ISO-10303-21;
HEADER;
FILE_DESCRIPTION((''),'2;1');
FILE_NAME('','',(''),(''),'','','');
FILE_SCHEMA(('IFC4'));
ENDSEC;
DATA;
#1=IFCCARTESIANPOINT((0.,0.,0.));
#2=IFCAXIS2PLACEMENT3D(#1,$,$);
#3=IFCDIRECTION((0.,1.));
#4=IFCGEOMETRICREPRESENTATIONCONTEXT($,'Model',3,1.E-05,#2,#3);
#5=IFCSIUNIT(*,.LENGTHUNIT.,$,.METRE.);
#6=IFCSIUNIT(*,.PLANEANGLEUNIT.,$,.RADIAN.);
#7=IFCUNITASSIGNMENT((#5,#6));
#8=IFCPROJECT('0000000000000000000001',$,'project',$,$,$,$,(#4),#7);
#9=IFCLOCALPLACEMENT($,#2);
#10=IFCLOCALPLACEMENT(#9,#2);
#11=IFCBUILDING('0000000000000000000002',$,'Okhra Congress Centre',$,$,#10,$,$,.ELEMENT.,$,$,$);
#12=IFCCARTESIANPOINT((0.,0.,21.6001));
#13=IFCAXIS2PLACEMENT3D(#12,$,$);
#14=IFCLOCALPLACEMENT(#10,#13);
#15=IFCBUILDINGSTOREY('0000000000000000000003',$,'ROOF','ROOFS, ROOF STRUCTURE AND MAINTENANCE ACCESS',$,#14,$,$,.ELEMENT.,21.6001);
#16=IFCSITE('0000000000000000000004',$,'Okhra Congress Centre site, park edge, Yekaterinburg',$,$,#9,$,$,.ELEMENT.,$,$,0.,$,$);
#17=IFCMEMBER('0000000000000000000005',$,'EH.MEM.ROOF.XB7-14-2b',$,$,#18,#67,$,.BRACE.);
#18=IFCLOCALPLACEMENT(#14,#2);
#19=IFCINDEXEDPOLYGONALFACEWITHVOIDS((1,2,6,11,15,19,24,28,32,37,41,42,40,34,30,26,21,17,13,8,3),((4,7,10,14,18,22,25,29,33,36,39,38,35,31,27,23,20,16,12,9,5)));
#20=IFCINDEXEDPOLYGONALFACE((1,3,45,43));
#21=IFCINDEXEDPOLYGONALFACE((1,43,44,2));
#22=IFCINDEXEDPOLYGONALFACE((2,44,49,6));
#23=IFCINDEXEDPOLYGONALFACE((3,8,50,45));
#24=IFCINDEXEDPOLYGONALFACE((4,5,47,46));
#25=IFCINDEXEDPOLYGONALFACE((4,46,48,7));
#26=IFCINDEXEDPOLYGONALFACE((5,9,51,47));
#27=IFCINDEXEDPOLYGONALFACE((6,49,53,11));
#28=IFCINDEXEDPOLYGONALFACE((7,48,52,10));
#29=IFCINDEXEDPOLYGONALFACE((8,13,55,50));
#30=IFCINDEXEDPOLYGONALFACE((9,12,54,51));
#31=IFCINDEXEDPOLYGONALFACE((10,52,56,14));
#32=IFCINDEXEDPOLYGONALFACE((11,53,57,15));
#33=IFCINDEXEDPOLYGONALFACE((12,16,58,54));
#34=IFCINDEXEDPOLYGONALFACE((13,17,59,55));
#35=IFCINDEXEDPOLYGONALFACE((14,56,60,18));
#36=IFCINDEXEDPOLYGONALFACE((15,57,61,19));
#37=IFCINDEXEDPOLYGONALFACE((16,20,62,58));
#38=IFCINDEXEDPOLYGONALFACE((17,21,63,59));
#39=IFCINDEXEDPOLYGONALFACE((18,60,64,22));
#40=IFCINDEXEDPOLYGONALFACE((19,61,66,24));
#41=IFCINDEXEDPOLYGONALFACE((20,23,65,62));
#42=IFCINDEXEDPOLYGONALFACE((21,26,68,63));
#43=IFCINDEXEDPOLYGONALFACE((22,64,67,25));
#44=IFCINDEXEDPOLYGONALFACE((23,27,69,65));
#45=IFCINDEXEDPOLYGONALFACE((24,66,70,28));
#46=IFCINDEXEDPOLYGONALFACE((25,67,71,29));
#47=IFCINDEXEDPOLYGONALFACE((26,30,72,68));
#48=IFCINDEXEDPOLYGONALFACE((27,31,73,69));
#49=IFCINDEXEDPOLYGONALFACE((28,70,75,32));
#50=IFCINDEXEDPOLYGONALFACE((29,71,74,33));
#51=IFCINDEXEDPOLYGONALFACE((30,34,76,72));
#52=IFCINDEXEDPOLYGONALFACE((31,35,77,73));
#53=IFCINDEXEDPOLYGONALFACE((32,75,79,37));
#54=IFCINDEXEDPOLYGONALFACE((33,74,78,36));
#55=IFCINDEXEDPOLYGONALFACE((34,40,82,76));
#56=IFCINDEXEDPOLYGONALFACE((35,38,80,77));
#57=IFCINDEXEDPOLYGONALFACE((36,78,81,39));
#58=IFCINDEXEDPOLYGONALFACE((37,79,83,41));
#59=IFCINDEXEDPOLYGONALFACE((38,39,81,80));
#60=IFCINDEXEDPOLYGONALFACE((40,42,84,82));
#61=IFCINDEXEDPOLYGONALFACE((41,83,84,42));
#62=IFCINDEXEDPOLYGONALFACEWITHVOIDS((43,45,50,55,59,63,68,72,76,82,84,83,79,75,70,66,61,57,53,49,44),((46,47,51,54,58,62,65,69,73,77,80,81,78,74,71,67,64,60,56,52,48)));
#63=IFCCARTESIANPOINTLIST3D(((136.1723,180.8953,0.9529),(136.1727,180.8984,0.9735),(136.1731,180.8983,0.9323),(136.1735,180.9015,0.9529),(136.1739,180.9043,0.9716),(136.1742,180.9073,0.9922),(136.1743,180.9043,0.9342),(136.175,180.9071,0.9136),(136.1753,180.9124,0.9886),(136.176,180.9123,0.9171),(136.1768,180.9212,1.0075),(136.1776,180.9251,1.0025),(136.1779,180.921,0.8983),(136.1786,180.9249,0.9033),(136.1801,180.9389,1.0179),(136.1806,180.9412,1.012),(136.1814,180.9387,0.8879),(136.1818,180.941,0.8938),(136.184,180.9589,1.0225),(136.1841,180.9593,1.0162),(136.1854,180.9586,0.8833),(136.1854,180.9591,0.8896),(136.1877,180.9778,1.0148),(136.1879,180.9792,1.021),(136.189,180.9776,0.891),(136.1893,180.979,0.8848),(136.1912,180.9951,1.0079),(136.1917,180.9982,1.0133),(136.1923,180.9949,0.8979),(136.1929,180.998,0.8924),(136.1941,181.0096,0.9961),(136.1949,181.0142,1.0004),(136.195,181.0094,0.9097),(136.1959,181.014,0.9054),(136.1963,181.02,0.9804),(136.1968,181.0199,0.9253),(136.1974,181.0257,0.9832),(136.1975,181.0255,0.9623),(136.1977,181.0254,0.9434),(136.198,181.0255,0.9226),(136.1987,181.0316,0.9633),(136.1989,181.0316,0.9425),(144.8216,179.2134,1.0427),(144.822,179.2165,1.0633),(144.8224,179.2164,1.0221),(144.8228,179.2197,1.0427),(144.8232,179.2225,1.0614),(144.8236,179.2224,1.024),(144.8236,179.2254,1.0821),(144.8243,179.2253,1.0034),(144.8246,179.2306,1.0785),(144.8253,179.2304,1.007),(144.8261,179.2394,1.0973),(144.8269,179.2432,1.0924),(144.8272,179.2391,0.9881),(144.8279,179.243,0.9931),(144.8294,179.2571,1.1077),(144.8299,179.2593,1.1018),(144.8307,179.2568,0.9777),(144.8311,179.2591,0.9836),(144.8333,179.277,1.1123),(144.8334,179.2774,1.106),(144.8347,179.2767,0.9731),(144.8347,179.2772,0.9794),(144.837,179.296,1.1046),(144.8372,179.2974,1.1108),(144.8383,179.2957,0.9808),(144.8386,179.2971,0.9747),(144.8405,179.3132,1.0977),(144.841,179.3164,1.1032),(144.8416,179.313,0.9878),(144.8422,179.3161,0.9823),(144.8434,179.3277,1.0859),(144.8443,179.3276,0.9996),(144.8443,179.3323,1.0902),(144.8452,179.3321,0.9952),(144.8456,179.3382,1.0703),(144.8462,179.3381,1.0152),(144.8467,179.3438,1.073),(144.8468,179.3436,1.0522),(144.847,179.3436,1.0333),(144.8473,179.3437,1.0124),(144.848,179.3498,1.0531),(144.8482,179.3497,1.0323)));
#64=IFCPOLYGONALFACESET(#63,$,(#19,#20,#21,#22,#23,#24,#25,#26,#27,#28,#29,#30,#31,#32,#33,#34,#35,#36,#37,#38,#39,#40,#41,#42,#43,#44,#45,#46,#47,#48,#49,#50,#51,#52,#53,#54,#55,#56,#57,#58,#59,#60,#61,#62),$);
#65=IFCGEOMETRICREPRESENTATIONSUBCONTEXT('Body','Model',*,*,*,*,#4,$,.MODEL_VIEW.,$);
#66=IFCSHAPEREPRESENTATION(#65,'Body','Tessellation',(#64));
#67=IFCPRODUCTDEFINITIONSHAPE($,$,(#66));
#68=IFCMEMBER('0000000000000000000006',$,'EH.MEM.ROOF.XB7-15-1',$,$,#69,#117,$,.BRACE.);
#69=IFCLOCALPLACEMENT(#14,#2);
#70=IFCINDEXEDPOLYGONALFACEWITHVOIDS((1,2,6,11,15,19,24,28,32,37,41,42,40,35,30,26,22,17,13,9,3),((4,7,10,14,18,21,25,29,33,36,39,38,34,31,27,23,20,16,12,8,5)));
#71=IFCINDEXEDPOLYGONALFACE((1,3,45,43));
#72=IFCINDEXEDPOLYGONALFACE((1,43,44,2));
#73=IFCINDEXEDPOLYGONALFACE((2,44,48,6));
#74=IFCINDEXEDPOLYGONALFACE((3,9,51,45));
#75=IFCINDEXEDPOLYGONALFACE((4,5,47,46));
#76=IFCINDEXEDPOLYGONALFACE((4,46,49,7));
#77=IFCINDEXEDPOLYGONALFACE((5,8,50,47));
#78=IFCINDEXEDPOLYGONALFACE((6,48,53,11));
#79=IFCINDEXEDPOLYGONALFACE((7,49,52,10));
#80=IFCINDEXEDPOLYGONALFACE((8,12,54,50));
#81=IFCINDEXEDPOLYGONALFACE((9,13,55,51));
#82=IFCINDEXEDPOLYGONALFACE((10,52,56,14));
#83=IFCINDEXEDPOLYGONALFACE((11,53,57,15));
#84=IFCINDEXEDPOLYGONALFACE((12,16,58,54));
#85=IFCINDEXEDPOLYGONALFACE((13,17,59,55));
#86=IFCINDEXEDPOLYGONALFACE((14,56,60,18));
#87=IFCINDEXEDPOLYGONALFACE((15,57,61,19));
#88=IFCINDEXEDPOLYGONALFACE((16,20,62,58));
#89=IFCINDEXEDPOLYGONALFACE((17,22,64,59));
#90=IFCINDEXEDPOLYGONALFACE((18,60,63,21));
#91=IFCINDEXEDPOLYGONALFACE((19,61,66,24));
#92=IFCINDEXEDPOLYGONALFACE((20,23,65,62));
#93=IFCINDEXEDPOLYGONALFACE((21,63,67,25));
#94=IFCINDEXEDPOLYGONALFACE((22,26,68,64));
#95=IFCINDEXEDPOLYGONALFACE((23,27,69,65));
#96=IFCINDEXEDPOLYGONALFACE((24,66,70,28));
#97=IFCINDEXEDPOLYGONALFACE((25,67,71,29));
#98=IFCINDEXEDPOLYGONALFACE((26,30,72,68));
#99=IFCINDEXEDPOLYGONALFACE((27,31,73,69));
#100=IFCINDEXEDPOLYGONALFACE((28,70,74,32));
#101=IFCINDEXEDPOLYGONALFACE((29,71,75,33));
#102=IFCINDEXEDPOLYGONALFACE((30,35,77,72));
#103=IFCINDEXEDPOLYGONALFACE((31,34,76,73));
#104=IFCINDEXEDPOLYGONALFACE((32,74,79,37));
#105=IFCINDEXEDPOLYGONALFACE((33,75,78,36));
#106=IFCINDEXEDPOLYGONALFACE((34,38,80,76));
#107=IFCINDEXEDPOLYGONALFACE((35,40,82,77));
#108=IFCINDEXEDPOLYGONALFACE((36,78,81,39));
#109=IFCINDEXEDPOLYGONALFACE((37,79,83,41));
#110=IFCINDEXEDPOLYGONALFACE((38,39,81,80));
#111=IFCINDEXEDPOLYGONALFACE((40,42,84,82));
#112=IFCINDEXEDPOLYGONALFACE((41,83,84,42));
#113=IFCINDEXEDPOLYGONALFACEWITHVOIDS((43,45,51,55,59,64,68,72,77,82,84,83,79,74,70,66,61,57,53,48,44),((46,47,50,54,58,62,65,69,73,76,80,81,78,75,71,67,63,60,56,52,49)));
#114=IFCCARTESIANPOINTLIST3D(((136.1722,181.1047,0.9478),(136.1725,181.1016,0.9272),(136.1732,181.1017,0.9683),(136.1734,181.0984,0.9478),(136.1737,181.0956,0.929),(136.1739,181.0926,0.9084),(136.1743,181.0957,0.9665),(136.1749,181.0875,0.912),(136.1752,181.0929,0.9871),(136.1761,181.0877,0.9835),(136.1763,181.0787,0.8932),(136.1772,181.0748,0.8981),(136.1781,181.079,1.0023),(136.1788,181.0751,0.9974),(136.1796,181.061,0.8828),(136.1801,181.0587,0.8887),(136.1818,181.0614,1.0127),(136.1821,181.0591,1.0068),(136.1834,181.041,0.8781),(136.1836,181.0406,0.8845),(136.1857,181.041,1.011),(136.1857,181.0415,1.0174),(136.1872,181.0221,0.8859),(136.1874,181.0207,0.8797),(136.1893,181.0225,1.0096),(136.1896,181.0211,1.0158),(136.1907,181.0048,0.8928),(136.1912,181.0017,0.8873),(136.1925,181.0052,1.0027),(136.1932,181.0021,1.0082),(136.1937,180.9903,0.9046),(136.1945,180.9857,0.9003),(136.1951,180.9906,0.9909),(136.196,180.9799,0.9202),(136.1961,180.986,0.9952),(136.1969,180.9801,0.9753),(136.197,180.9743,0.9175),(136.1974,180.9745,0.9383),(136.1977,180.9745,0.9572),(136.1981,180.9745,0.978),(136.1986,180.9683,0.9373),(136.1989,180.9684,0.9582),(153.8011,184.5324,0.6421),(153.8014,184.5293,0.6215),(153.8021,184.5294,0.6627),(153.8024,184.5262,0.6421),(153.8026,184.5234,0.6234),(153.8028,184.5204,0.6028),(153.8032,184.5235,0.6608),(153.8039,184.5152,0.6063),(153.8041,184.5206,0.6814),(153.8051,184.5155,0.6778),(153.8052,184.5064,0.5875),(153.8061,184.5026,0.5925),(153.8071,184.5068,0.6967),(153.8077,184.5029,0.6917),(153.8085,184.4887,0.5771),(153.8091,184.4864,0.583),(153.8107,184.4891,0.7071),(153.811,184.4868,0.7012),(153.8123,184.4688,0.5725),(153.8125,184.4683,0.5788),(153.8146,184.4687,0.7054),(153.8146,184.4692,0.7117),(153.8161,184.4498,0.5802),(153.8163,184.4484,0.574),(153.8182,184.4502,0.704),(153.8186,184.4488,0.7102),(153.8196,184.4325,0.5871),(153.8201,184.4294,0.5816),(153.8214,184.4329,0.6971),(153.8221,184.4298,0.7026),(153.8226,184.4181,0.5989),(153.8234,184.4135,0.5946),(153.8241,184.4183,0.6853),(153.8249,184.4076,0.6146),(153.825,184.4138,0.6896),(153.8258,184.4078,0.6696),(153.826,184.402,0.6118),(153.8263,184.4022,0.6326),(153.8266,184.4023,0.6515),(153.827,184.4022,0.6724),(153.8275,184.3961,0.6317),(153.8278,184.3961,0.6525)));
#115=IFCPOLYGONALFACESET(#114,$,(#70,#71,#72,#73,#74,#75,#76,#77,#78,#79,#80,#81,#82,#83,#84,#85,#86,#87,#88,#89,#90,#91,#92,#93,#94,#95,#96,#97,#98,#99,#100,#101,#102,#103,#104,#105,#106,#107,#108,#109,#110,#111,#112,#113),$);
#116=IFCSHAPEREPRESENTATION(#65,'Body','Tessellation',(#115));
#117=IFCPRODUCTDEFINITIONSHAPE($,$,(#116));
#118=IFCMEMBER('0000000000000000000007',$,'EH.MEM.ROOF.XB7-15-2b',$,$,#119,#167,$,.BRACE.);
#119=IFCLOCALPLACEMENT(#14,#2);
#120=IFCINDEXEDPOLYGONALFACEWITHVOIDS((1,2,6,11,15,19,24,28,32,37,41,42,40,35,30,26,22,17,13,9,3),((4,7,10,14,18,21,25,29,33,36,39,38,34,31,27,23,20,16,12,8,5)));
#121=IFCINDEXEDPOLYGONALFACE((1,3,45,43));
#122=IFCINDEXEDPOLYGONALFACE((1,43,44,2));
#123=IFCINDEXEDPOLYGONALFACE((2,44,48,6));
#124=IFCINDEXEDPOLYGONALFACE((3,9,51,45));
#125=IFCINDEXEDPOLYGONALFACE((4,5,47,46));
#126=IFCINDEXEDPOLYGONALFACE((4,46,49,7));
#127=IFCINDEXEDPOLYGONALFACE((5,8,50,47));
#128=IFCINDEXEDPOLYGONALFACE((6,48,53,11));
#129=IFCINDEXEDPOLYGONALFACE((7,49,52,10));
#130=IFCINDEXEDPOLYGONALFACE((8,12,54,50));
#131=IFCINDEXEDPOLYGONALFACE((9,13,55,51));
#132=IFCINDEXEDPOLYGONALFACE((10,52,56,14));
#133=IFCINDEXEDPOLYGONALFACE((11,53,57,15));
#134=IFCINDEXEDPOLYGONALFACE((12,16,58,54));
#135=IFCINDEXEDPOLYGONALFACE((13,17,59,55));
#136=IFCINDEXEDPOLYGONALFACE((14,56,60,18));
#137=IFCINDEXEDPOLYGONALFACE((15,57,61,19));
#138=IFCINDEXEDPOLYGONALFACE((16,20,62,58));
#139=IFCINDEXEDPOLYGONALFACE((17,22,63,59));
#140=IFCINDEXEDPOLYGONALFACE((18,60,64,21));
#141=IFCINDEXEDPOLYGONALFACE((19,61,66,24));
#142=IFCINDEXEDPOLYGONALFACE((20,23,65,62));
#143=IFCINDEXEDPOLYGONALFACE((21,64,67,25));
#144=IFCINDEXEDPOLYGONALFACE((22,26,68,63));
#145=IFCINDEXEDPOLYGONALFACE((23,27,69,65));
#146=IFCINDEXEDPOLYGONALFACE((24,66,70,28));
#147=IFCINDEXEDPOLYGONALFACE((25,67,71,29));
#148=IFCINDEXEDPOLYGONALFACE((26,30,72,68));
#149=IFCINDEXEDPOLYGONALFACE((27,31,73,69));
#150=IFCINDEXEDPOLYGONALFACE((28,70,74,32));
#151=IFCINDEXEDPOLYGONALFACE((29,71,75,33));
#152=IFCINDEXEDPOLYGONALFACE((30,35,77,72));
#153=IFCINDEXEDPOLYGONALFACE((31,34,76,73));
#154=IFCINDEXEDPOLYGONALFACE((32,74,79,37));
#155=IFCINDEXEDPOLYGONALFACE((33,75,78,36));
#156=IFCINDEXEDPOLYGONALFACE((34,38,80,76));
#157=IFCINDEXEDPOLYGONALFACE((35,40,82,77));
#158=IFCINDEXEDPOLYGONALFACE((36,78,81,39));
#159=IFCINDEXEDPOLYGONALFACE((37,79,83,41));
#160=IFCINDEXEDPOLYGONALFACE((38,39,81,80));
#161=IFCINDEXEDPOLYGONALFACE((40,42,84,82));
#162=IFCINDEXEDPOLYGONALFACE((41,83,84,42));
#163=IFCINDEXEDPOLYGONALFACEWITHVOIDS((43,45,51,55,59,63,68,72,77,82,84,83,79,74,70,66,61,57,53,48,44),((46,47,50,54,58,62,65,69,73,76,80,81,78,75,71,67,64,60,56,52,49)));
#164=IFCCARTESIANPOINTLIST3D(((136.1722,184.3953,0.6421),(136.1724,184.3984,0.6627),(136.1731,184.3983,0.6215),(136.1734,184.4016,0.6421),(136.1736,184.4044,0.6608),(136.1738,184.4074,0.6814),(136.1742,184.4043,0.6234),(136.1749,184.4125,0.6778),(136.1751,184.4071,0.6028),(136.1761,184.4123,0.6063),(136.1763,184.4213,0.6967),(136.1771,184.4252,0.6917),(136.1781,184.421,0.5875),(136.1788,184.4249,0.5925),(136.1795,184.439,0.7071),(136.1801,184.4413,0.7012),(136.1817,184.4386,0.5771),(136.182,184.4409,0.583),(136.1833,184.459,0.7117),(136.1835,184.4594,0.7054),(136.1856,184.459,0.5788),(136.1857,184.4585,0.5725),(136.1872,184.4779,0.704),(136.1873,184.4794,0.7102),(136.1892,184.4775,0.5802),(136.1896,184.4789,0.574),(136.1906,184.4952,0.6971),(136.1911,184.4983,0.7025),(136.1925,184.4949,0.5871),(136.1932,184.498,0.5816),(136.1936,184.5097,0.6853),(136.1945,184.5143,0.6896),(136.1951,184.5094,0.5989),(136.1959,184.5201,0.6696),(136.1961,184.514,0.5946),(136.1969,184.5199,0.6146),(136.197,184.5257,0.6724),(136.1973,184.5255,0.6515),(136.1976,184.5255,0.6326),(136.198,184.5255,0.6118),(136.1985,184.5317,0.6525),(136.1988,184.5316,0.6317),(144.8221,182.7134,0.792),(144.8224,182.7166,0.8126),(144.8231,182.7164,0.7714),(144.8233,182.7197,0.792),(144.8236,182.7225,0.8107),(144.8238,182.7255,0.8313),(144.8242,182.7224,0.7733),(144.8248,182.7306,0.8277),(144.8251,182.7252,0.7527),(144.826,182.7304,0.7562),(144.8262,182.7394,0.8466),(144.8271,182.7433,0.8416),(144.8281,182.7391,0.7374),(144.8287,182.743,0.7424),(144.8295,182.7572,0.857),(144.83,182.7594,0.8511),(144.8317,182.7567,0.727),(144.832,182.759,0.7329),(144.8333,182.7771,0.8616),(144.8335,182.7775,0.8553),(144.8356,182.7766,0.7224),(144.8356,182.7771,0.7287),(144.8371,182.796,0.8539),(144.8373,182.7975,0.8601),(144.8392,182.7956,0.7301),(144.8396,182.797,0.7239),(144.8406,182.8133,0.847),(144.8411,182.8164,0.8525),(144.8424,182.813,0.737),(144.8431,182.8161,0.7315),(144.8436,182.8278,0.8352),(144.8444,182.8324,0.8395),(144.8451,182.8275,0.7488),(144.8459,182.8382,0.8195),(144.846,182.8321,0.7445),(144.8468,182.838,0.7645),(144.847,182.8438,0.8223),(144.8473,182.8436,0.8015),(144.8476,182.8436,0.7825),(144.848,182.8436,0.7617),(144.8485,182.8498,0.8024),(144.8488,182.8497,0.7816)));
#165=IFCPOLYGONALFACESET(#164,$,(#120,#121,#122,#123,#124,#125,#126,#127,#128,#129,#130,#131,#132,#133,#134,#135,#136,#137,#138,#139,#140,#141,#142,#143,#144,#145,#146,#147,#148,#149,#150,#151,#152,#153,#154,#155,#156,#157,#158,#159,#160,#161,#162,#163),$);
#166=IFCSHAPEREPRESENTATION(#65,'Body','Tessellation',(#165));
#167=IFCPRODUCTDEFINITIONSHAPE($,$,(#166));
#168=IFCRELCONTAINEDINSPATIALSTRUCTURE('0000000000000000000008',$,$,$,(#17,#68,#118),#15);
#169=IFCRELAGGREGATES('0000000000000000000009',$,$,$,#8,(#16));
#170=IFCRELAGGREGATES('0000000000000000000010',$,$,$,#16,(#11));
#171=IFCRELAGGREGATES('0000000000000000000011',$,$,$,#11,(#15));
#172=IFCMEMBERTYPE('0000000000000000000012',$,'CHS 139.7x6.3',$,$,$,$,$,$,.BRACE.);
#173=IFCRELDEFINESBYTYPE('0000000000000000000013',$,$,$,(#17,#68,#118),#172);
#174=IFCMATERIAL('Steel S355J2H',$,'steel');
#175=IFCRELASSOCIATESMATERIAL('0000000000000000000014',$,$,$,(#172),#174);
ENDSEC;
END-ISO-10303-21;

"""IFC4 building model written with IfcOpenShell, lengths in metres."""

from ifc_helpers import new_model, si_unit, direction, frame, origin, origin_2d, place, context, subcontext, project, spatial, hollow_circle, extrude, material, material_profile, profile_set, type_object, element, save


model = new_model("IFC4")

# Units and contexts
model_context = context("Model", 3, precision=1e-05, world=origin(), true_north=direction((0.0, 1.0)))
body_context = subcontext(model_context, "Body", "Model", "MODEL_VIEW")
ifc_project = project(units=[si_unit("LENGTHUNIT", "METRE"), si_unit("PLANEANGLEUNIT", "RADIAN")], contexts=[model_context])

# Site, building, storey
site_placement = place(None, origin())
site = spatial("IfcSite", under=ifc_project, at=site_placement, Name="Okhra Congress Centre site, park edge, Yekaterinburg", CompositionType="ELEMENT", RefElevation=0.0)
building_placement = place(site_placement, origin())
building = spatial("IfcBuilding", under=site, at=building_placement, Name="Okhra Congress Centre", CompositionType="ELEMENT")
storey_placement = place(building_placement, frame((0.0, 0.0, 21.6001)))
storey = spatial("IfcBuildingStorey", under=building, at=storey_placement, Name="ROOF", Description="ROOFS, ROOF STRUCTURE AND MAINTENANCE ACCESS", CompositionType="ELEMENT", Elevation=21.6001)

# Members
ifc_material_1 = material(Name="Steel S355J2H", Category="steel")
ifc_material_profile_1 = material_profile(ifc_material_1, hollow_circle(Radius=0.0698, WallThickness=0.0063, at=origin_2d()), Name="CHS 139.7x6.3")
ifc_profile_set_1 = profile_set([ifc_material_profile_1], Name="Steel S355J2H")
member_type_1 = type_object("IfcMemberType", Name="CHS 139.7x6.3", PredefinedType="BRACE", material=ifc_profile_set_1)
member_1_placement = place(storey_placement, frame((144.835, 179.282, 1.0427), z_axis=(-0.981563, 0.190866, -0.010196), x_axis=(-0.190876, -0.981614, 0.0)))
element("IfcMember", 1, at=member_1_placement, inside=storey, type_object=member_type_1, Name="EH.MEM.ROOF.XB7-14-2b", PredefinedType="BRACE", context=body_context, shape_type="SweptSolid", body=[
    extrude(hollow_circle(Radius=0.0698, WallThickness=0.0063, at=origin_2d()), origin(), (0.0, 0.0, 1.0), 8.8118),
])
member_2_placement = place(storey_placement, frame((136.1855, 181.0361, 0.9478), z_axis=(0.981474, 0.190836, -0.017018), x_axis=(-0.190864, 0.981617, 0.0)))
element("IfcMember", 2, at=member_2_placement, inside=storey, type_object=member_type_1, Name="EH.MEM.ROOF.XB7-15-1", PredefinedType="BRACE", context=body_context, shape_type="SweptSolid", body=[
    extrude(hollow_circle(Radius=0.0698, WallThickness=0.0063, at=origin_2d()), origin(), (0.0, 0.0, 1.0), 17.9617),
])
member_3_placement = place(storey_placement, frame((144.8354, 182.782, 0.792), z_axis=(-0.981474, 0.190838, -0.017009), x_axis=(-0.190865, -0.981616, 0.0)))
element("IfcMember", 3, at=member_3_placement, inside=storey, type_object=member_type_1, Name="EH.MEM.ROOF.XB7-15-2b", PredefinedType="BRACE", context=body_context, shape_type="SweptSolid", body=[
    extrude(hollow_circle(Radius=0.0698, WallThickness=0.0063, at=origin_2d()), origin(), (0.0, 0.0, 1.0), 8.8132),
])

save(model, "model.ifc")
